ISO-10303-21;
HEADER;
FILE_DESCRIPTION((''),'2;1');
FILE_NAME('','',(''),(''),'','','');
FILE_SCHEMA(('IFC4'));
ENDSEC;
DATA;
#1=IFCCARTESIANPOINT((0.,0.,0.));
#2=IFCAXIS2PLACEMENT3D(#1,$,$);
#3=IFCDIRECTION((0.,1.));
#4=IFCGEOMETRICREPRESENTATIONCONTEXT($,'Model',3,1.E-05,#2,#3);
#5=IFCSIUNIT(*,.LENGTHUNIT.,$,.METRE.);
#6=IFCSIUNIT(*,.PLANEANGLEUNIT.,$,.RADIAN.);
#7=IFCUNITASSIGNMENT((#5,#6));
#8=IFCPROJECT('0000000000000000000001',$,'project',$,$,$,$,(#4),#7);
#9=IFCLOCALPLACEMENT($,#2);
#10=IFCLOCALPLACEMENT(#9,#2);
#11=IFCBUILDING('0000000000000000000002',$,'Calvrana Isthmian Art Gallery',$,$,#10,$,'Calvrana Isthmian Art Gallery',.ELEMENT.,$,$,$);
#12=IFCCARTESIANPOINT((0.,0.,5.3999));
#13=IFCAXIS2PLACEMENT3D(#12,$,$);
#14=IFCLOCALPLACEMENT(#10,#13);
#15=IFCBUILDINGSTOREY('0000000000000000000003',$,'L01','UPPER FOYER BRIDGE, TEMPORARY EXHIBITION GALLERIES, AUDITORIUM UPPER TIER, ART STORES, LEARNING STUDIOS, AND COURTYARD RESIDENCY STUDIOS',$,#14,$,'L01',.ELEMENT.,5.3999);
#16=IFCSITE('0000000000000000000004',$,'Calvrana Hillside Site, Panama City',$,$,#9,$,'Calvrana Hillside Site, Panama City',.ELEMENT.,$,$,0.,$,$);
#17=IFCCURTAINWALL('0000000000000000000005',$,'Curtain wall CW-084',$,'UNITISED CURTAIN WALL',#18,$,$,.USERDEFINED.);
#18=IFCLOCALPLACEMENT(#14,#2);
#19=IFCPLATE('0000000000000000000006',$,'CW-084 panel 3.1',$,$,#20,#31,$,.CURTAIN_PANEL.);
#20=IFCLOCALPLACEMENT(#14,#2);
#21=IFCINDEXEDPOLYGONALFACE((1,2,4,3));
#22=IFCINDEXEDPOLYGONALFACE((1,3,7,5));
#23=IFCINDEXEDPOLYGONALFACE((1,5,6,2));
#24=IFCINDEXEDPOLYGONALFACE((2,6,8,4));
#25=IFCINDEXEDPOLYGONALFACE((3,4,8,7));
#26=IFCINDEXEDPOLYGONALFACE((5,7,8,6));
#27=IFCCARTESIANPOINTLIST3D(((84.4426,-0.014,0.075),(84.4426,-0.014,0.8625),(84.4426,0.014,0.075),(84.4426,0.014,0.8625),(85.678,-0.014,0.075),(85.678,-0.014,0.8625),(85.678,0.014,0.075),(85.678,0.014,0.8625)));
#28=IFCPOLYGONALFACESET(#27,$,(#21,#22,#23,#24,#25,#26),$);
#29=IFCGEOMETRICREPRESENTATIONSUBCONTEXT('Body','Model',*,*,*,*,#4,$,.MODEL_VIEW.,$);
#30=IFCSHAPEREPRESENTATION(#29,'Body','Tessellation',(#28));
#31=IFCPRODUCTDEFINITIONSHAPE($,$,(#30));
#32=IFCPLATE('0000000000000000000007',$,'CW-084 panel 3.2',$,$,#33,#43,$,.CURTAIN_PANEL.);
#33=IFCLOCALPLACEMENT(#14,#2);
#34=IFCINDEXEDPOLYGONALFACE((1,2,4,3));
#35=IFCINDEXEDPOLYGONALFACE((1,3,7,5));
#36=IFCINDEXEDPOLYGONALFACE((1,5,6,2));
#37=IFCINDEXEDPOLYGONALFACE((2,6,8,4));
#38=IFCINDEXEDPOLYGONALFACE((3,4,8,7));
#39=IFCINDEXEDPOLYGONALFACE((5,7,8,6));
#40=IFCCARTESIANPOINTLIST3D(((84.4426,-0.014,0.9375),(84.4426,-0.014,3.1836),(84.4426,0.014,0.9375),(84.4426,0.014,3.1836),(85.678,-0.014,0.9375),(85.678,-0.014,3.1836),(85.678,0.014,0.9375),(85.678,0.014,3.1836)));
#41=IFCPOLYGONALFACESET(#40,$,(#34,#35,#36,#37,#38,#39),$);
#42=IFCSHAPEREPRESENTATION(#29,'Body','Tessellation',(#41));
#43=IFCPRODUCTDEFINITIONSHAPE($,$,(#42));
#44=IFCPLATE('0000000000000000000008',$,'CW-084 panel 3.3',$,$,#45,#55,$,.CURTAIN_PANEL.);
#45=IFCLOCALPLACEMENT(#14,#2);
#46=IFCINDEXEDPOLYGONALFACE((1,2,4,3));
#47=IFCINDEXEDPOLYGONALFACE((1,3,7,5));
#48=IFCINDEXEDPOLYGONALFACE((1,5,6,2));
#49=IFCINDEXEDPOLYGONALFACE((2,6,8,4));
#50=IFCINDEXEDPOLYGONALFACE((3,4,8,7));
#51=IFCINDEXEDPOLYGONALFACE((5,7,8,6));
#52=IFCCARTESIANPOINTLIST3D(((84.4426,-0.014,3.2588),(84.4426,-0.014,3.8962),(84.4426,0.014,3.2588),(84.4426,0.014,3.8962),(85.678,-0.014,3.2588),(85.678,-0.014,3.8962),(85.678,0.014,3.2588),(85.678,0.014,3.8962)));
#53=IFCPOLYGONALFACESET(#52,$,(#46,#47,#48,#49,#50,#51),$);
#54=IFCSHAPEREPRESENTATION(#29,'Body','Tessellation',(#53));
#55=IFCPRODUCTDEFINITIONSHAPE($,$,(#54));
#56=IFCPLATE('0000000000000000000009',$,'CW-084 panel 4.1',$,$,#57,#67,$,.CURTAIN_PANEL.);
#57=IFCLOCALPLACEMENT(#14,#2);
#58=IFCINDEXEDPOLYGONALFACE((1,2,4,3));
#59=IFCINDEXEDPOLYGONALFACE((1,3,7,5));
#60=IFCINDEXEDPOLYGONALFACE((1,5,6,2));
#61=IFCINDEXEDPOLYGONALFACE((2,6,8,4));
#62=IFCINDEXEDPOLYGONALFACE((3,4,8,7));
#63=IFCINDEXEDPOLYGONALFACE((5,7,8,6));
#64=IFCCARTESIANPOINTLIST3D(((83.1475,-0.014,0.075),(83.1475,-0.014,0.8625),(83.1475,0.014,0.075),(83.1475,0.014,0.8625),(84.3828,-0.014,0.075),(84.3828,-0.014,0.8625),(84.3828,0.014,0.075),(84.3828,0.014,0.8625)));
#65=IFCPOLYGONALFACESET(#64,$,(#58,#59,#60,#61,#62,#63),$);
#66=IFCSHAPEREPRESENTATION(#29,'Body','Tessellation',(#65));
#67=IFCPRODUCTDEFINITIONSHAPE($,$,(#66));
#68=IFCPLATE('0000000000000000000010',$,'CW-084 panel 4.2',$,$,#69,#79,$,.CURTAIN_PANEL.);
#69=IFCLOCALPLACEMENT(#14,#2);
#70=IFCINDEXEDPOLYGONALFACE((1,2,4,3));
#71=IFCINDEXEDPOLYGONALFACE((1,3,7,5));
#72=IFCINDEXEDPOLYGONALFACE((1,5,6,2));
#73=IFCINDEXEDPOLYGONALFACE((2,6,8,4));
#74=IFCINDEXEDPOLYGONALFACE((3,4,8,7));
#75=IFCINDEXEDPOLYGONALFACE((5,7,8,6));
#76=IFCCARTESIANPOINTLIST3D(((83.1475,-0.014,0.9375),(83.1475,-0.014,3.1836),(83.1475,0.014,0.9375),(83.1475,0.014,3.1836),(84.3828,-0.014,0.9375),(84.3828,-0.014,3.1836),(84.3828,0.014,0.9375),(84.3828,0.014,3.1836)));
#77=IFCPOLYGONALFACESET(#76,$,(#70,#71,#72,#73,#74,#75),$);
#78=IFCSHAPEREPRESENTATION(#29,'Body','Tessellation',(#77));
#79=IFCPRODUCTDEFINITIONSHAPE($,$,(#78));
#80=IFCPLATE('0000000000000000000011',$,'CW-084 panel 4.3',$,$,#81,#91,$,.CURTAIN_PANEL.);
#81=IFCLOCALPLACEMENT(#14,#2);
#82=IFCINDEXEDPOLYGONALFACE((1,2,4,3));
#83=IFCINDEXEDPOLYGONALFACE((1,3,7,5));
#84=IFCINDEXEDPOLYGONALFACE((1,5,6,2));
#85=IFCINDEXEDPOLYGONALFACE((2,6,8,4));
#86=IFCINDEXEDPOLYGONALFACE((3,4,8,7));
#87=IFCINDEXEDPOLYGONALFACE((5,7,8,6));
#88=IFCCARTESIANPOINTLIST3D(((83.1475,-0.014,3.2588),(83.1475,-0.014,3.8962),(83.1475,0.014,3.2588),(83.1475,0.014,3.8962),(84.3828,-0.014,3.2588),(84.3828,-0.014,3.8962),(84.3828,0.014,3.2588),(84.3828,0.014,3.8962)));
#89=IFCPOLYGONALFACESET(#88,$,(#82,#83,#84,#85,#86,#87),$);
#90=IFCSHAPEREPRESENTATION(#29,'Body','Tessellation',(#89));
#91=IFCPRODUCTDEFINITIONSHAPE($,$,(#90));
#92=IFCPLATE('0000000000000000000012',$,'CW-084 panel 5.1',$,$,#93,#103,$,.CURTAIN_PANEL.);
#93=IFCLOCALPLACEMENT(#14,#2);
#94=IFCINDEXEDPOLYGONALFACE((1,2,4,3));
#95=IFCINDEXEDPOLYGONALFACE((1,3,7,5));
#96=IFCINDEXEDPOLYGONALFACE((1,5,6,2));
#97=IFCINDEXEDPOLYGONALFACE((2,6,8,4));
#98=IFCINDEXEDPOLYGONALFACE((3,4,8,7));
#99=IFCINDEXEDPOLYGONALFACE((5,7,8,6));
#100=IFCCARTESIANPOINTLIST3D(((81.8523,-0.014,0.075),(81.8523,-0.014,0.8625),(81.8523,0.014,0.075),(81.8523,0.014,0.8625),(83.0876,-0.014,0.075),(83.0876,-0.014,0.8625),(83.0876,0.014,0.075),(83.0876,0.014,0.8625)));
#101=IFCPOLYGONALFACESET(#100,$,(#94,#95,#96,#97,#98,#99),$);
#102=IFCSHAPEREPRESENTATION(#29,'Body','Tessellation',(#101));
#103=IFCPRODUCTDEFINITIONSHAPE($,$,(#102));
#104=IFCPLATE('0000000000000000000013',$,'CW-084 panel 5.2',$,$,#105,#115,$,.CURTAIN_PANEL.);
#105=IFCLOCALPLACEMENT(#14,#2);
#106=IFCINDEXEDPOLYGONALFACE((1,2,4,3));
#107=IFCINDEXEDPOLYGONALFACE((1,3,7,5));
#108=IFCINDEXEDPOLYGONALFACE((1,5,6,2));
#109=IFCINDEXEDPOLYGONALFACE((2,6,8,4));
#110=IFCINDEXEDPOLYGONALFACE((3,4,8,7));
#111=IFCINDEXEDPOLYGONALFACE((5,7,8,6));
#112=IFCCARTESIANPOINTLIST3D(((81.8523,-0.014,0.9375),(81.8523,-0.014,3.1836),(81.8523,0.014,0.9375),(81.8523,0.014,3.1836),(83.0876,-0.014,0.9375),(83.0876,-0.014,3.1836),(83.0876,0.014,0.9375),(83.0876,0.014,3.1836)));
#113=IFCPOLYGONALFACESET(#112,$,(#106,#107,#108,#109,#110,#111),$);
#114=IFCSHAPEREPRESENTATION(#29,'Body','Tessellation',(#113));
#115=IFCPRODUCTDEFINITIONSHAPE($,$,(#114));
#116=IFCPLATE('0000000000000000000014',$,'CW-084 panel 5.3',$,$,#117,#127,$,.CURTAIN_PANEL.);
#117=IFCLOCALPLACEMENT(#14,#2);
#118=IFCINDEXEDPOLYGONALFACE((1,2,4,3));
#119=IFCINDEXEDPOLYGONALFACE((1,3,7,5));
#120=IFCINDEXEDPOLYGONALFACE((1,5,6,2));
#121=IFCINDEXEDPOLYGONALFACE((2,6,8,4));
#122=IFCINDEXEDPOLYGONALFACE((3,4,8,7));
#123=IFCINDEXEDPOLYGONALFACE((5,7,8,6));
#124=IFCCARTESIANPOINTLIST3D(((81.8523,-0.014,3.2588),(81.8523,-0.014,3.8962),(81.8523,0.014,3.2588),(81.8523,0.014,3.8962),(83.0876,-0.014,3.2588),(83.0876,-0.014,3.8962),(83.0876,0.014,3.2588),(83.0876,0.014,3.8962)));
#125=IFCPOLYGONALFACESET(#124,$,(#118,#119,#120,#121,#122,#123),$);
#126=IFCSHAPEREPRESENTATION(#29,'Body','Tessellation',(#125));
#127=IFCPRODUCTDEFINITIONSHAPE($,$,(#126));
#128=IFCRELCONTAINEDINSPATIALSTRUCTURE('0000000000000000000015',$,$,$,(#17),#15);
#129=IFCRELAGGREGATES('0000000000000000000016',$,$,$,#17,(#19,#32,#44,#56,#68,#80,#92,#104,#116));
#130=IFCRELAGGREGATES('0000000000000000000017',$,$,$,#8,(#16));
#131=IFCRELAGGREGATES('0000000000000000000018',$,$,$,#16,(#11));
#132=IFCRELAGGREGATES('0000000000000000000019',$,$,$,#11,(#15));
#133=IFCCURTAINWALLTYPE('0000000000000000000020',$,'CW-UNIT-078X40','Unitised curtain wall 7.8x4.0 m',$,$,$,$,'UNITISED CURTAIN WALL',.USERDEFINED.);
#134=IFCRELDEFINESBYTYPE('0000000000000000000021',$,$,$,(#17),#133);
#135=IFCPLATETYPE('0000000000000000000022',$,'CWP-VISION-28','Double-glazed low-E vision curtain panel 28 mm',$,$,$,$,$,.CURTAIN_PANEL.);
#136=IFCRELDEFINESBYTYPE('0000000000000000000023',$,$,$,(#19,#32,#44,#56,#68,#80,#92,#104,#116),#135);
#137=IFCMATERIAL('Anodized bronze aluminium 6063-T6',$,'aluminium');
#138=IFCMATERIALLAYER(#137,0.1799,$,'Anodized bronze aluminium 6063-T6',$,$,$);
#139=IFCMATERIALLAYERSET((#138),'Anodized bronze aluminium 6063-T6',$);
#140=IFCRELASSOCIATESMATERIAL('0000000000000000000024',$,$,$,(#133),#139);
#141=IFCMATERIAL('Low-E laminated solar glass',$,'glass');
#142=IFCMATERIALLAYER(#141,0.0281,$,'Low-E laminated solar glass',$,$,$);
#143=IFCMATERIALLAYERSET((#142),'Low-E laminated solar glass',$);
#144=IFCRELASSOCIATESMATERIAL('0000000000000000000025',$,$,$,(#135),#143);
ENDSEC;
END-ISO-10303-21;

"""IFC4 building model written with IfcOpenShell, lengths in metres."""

from ifc_helpers import new_model, si_unit, direction, frame, origin, origin_2d, place, context, subcontext, project, spatial, rectangle, extrude, material, layer, layer_set, type_object, element, aggregate, save


model = new_model("IFC4")

# Units and contexts
model_context = context("Model", 3, precision=1e-05, world=origin(), true_north=direction((0.0, 1.0)))
body_context = subcontext(model_context, "Body", "Model", "MODEL_VIEW")
ifc_project = project(units=[si_unit("LENGTHUNIT", "METRE"), si_unit("PLANEANGLEUNIT", "RADIAN")], contexts=[model_context])

# Site, building, storey
site_placement = place(None, origin())
site = spatial("IfcSite", under=ifc_project, at=site_placement, Name="Calvrana Hillside Site, Panama City", LongName="Calvrana Hillside Site, Panama City", CompositionType="ELEMENT", RefElevation=0.0)
building_placement = place(site_placement, origin())
building = spatial("IfcBuilding", under=site, at=building_placement, Name="Calvrana Isthmian Art Gallery", LongName="Calvrana Isthmian Art Gallery", CompositionType="ELEMENT")
storey_placement = place(building_placement, frame((0.0, 0.0, 5.3999)))
storey = spatial("IfcBuildingStorey", under=building, at=storey_placement, Name="L01", Description="UPPER FOYER BRIDGE, TEMPORARY EXHIBITION GALLERIES, AUDITORIUM UPPER TIER, ART STORES, LEARNING STUDIOS, AND COURTYARD RESIDENCY STUDIOS", LongName="L01", CompositionType="ELEMENT", Elevation=5.3999)

# Curtain wall, plates
ifc_material_1 = material(Name="Anodized bronze aluminium 6063-T6", Category="aluminium")
ifc_layer_1 = layer(ifc_material_1, 0.1799, Name="Anodized bronze aluminium 6063-T6")
ifc_layer_set_1 = layer_set([ifc_layer_1], Name="Anodized bronze aluminium 6063-T6")
curtain_wall_type = type_object("IfcCurtainWallType", Name="CW-UNIT-078X40", Description="Unitised curtain wall 7.8x4.0 m", ElementType="UNITISED CURTAIN WALL", PredefinedType="USERDEFINED", material=ifc_layer_set_1)
curtain_wall_placement = place(storey_placement, origin())
curtain_wall = element("IfcCurtainWall", 1, at=curtain_wall_placement, inside=storey, type_object=curtain_wall_type, Name="Curtain wall CW-084", ObjectType="UNITISED CURTAIN WALL", PredefinedType="USERDEFINED")
ifc_material_2 = material(Name="Low-E laminated solar glass", Category="glass")
ifc_layer_2 = layer(ifc_material_2, 0.0281, Name="Low-E laminated solar glass")
ifc_layer_set_2 = layer_set([ifc_layer_2], Name="Low-E laminated solar glass")
plate_type = type_object("IfcPlateType", Name="CWP-VISION-28", Description="Double-glazed low-E vision curtain panel 28 mm", PredefinedType="CURTAIN_PANEL", material=ifc_layer_set_2)
plate_1_placement = place(storey_placement, frame((85.0603, 0.0, 0.075), z_axis=(0.0, 0.0, 1.0), x_axis=(-1.0, 0.0, 0.0)))
plate_1 = element("IfcPlate", 2, at=plate_1_placement, type_object=plate_type, Name="CW-084 panel 3.1", PredefinedType="CURTAIN_PANEL", context=body_context, shape_type="SweptSolid", body=[
    extrude(rectangle(XDim=1.2354, YDim=0.0281, at=origin_2d()), origin(), (0.0, 0.0, 1.0), 0.7876),
])
plate_2_placement = place(storey_placement, frame((85.0603, 0.0, 0.9375), z_axis=(0.0, 0.0, 1.0), x_axis=(-1.0, 0.0, 0.0)))
plate_2 = element("IfcPlate", 3, at=plate_2_placement, type_object=plate_type, Name="CW-084 panel 3.2", PredefinedType="CURTAIN_PANEL", context=body_context, shape_type="SweptSolid", body=[
    extrude(rectangle(XDim=1.2354, YDim=0.0281, at=origin_2d()), origin(), (0.0, 0.0, 1.0), 2.2461),
])
plate_3_placement = place(storey_placement, frame((85.0603, 0.0, 3.2588), z_axis=(0.0, 0.0, 1.0), x_axis=(-1.0, 0.0, 0.0)))
plate_3 = element("IfcPlate", 4, at=plate_3_placement, type_object=plate_type, Name="CW-084 panel 3.3", PredefinedType="CURTAIN_PANEL", context=body_context, shape_type="SweptSolid", body=[
    extrude(rectangle(XDim=1.2354, YDim=0.0281, at=origin_2d()), origin(), (0.0, 0.0, 1.0), 0.6375),
])
plate_4_placement = place(storey_placement, frame((83.7651, 0.0, 0.075), z_axis=(0.0, 0.0, 1.0), x_axis=(-1.0, 0.0, 0.0)))
plate_4 = element("IfcPlate", 5, at=plate_4_placement, type_object=plate_type, Name="CW-084 panel 4.1", PredefinedType="CURTAIN_PANEL", context=body_context, shape_type="SweptSolid", body=[
    extrude(rectangle(XDim=1.2354, YDim=0.0281, at=origin_2d()), origin(), (0.0, 0.0, 1.0), 0.7876),
])
plate_5_placement = place(storey_placement, frame((83.7651, 0.0, 0.9375), z_axis=(0.0, 0.0, 1.0), x_axis=(-1.0, 0.0, 0.0)))
plate_5 = element("IfcPlate", 6, at=plate_5_placement, type_object=plate_type, Name="CW-084 panel 4.2", PredefinedType="CURTAIN_PANEL", context=body_context, shape_type="SweptSolid", body=[
    extrude(rectangle(XDim=1.2354, YDim=0.0281, at=origin_2d()), origin(), (0.0, 0.0, 1.0), 2.2461),
])
plate_6_placement = place(storey_placement, frame((83.7651, 0.0, 3.2588), z_axis=(0.0, 0.0, 1.0), x_axis=(-1.0, 0.0, 0.0)))
plate_6 = element("IfcPlate", 7, at=plate_6_placement, type_object=plate_type, Name="CW-084 panel 4.3", PredefinedType="CURTAIN_PANEL", context=body_context, shape_type="SweptSolid", body=[
    extrude(rectangle(XDim=1.2354, YDim=0.0281, at=origin_2d()), origin(), (0.0, 0.0, 1.0), 0.6375),
])
plate_7_placement = place(storey_placement, frame((82.47, 0.0, 0.075), z_axis=(0.0, 0.0, 1.0), x_axis=(-1.0, 0.0, 0.0)))
plate_7 = element("IfcPlate", 8, at=plate_7_placement, type_object=plate_type, Name="CW-084 panel 5.1", PredefinedType="CURTAIN_PANEL", context=body_context, shape_type="SweptSolid", body=[
    extrude(rectangle(XDim=1.2354, YDim=0.0281, at=origin_2d()), origin(), (0.0, 0.0, 1.0), 0.7876),
])
plate_8_placement = place(storey_placement, frame((82.47, 0.0, 0.9375), z_axis=(0.0, 0.0, 1.0), x_axis=(-1.0, 0.0, 0.0)))
plate_8 = element("IfcPlate", 9, at=plate_8_placement, type_object=plate_type, Name="CW-084 panel 5.2", PredefinedType="CURTAIN_PANEL", context=body_context, shape_type="SweptSolid", body=[
    extrude(rectangle(XDim=1.2354, YDim=0.0281, at=origin_2d()), origin(), (0.0, 0.0, 1.0), 2.2461),
])
plate_9_placement = place(storey_placement, frame((82.47, 0.0, 3.2588), z_axis=(0.0, 0.0, 1.0), x_axis=(-1.0, 0.0, 0.0)))
plate_9 = element("IfcPlate", 10, at=plate_9_placement, type_object=plate_type, Name="CW-084 panel 5.3", PredefinedType="CURTAIN_PANEL", context=body_context, shape_type="SweptSolid", body=[
    extrude(rectangle(XDim=1.2354, YDim=0.0281, at=origin_2d()), origin(), (0.0, 0.0, 1.0), 0.6375),
])
aggregate(curtain_wall, [plate_1, plate_2, plate_3, plate_4, plate_5, plate_6, plate_7, plate_8, plate_9])

save(model, "model.ifc")
